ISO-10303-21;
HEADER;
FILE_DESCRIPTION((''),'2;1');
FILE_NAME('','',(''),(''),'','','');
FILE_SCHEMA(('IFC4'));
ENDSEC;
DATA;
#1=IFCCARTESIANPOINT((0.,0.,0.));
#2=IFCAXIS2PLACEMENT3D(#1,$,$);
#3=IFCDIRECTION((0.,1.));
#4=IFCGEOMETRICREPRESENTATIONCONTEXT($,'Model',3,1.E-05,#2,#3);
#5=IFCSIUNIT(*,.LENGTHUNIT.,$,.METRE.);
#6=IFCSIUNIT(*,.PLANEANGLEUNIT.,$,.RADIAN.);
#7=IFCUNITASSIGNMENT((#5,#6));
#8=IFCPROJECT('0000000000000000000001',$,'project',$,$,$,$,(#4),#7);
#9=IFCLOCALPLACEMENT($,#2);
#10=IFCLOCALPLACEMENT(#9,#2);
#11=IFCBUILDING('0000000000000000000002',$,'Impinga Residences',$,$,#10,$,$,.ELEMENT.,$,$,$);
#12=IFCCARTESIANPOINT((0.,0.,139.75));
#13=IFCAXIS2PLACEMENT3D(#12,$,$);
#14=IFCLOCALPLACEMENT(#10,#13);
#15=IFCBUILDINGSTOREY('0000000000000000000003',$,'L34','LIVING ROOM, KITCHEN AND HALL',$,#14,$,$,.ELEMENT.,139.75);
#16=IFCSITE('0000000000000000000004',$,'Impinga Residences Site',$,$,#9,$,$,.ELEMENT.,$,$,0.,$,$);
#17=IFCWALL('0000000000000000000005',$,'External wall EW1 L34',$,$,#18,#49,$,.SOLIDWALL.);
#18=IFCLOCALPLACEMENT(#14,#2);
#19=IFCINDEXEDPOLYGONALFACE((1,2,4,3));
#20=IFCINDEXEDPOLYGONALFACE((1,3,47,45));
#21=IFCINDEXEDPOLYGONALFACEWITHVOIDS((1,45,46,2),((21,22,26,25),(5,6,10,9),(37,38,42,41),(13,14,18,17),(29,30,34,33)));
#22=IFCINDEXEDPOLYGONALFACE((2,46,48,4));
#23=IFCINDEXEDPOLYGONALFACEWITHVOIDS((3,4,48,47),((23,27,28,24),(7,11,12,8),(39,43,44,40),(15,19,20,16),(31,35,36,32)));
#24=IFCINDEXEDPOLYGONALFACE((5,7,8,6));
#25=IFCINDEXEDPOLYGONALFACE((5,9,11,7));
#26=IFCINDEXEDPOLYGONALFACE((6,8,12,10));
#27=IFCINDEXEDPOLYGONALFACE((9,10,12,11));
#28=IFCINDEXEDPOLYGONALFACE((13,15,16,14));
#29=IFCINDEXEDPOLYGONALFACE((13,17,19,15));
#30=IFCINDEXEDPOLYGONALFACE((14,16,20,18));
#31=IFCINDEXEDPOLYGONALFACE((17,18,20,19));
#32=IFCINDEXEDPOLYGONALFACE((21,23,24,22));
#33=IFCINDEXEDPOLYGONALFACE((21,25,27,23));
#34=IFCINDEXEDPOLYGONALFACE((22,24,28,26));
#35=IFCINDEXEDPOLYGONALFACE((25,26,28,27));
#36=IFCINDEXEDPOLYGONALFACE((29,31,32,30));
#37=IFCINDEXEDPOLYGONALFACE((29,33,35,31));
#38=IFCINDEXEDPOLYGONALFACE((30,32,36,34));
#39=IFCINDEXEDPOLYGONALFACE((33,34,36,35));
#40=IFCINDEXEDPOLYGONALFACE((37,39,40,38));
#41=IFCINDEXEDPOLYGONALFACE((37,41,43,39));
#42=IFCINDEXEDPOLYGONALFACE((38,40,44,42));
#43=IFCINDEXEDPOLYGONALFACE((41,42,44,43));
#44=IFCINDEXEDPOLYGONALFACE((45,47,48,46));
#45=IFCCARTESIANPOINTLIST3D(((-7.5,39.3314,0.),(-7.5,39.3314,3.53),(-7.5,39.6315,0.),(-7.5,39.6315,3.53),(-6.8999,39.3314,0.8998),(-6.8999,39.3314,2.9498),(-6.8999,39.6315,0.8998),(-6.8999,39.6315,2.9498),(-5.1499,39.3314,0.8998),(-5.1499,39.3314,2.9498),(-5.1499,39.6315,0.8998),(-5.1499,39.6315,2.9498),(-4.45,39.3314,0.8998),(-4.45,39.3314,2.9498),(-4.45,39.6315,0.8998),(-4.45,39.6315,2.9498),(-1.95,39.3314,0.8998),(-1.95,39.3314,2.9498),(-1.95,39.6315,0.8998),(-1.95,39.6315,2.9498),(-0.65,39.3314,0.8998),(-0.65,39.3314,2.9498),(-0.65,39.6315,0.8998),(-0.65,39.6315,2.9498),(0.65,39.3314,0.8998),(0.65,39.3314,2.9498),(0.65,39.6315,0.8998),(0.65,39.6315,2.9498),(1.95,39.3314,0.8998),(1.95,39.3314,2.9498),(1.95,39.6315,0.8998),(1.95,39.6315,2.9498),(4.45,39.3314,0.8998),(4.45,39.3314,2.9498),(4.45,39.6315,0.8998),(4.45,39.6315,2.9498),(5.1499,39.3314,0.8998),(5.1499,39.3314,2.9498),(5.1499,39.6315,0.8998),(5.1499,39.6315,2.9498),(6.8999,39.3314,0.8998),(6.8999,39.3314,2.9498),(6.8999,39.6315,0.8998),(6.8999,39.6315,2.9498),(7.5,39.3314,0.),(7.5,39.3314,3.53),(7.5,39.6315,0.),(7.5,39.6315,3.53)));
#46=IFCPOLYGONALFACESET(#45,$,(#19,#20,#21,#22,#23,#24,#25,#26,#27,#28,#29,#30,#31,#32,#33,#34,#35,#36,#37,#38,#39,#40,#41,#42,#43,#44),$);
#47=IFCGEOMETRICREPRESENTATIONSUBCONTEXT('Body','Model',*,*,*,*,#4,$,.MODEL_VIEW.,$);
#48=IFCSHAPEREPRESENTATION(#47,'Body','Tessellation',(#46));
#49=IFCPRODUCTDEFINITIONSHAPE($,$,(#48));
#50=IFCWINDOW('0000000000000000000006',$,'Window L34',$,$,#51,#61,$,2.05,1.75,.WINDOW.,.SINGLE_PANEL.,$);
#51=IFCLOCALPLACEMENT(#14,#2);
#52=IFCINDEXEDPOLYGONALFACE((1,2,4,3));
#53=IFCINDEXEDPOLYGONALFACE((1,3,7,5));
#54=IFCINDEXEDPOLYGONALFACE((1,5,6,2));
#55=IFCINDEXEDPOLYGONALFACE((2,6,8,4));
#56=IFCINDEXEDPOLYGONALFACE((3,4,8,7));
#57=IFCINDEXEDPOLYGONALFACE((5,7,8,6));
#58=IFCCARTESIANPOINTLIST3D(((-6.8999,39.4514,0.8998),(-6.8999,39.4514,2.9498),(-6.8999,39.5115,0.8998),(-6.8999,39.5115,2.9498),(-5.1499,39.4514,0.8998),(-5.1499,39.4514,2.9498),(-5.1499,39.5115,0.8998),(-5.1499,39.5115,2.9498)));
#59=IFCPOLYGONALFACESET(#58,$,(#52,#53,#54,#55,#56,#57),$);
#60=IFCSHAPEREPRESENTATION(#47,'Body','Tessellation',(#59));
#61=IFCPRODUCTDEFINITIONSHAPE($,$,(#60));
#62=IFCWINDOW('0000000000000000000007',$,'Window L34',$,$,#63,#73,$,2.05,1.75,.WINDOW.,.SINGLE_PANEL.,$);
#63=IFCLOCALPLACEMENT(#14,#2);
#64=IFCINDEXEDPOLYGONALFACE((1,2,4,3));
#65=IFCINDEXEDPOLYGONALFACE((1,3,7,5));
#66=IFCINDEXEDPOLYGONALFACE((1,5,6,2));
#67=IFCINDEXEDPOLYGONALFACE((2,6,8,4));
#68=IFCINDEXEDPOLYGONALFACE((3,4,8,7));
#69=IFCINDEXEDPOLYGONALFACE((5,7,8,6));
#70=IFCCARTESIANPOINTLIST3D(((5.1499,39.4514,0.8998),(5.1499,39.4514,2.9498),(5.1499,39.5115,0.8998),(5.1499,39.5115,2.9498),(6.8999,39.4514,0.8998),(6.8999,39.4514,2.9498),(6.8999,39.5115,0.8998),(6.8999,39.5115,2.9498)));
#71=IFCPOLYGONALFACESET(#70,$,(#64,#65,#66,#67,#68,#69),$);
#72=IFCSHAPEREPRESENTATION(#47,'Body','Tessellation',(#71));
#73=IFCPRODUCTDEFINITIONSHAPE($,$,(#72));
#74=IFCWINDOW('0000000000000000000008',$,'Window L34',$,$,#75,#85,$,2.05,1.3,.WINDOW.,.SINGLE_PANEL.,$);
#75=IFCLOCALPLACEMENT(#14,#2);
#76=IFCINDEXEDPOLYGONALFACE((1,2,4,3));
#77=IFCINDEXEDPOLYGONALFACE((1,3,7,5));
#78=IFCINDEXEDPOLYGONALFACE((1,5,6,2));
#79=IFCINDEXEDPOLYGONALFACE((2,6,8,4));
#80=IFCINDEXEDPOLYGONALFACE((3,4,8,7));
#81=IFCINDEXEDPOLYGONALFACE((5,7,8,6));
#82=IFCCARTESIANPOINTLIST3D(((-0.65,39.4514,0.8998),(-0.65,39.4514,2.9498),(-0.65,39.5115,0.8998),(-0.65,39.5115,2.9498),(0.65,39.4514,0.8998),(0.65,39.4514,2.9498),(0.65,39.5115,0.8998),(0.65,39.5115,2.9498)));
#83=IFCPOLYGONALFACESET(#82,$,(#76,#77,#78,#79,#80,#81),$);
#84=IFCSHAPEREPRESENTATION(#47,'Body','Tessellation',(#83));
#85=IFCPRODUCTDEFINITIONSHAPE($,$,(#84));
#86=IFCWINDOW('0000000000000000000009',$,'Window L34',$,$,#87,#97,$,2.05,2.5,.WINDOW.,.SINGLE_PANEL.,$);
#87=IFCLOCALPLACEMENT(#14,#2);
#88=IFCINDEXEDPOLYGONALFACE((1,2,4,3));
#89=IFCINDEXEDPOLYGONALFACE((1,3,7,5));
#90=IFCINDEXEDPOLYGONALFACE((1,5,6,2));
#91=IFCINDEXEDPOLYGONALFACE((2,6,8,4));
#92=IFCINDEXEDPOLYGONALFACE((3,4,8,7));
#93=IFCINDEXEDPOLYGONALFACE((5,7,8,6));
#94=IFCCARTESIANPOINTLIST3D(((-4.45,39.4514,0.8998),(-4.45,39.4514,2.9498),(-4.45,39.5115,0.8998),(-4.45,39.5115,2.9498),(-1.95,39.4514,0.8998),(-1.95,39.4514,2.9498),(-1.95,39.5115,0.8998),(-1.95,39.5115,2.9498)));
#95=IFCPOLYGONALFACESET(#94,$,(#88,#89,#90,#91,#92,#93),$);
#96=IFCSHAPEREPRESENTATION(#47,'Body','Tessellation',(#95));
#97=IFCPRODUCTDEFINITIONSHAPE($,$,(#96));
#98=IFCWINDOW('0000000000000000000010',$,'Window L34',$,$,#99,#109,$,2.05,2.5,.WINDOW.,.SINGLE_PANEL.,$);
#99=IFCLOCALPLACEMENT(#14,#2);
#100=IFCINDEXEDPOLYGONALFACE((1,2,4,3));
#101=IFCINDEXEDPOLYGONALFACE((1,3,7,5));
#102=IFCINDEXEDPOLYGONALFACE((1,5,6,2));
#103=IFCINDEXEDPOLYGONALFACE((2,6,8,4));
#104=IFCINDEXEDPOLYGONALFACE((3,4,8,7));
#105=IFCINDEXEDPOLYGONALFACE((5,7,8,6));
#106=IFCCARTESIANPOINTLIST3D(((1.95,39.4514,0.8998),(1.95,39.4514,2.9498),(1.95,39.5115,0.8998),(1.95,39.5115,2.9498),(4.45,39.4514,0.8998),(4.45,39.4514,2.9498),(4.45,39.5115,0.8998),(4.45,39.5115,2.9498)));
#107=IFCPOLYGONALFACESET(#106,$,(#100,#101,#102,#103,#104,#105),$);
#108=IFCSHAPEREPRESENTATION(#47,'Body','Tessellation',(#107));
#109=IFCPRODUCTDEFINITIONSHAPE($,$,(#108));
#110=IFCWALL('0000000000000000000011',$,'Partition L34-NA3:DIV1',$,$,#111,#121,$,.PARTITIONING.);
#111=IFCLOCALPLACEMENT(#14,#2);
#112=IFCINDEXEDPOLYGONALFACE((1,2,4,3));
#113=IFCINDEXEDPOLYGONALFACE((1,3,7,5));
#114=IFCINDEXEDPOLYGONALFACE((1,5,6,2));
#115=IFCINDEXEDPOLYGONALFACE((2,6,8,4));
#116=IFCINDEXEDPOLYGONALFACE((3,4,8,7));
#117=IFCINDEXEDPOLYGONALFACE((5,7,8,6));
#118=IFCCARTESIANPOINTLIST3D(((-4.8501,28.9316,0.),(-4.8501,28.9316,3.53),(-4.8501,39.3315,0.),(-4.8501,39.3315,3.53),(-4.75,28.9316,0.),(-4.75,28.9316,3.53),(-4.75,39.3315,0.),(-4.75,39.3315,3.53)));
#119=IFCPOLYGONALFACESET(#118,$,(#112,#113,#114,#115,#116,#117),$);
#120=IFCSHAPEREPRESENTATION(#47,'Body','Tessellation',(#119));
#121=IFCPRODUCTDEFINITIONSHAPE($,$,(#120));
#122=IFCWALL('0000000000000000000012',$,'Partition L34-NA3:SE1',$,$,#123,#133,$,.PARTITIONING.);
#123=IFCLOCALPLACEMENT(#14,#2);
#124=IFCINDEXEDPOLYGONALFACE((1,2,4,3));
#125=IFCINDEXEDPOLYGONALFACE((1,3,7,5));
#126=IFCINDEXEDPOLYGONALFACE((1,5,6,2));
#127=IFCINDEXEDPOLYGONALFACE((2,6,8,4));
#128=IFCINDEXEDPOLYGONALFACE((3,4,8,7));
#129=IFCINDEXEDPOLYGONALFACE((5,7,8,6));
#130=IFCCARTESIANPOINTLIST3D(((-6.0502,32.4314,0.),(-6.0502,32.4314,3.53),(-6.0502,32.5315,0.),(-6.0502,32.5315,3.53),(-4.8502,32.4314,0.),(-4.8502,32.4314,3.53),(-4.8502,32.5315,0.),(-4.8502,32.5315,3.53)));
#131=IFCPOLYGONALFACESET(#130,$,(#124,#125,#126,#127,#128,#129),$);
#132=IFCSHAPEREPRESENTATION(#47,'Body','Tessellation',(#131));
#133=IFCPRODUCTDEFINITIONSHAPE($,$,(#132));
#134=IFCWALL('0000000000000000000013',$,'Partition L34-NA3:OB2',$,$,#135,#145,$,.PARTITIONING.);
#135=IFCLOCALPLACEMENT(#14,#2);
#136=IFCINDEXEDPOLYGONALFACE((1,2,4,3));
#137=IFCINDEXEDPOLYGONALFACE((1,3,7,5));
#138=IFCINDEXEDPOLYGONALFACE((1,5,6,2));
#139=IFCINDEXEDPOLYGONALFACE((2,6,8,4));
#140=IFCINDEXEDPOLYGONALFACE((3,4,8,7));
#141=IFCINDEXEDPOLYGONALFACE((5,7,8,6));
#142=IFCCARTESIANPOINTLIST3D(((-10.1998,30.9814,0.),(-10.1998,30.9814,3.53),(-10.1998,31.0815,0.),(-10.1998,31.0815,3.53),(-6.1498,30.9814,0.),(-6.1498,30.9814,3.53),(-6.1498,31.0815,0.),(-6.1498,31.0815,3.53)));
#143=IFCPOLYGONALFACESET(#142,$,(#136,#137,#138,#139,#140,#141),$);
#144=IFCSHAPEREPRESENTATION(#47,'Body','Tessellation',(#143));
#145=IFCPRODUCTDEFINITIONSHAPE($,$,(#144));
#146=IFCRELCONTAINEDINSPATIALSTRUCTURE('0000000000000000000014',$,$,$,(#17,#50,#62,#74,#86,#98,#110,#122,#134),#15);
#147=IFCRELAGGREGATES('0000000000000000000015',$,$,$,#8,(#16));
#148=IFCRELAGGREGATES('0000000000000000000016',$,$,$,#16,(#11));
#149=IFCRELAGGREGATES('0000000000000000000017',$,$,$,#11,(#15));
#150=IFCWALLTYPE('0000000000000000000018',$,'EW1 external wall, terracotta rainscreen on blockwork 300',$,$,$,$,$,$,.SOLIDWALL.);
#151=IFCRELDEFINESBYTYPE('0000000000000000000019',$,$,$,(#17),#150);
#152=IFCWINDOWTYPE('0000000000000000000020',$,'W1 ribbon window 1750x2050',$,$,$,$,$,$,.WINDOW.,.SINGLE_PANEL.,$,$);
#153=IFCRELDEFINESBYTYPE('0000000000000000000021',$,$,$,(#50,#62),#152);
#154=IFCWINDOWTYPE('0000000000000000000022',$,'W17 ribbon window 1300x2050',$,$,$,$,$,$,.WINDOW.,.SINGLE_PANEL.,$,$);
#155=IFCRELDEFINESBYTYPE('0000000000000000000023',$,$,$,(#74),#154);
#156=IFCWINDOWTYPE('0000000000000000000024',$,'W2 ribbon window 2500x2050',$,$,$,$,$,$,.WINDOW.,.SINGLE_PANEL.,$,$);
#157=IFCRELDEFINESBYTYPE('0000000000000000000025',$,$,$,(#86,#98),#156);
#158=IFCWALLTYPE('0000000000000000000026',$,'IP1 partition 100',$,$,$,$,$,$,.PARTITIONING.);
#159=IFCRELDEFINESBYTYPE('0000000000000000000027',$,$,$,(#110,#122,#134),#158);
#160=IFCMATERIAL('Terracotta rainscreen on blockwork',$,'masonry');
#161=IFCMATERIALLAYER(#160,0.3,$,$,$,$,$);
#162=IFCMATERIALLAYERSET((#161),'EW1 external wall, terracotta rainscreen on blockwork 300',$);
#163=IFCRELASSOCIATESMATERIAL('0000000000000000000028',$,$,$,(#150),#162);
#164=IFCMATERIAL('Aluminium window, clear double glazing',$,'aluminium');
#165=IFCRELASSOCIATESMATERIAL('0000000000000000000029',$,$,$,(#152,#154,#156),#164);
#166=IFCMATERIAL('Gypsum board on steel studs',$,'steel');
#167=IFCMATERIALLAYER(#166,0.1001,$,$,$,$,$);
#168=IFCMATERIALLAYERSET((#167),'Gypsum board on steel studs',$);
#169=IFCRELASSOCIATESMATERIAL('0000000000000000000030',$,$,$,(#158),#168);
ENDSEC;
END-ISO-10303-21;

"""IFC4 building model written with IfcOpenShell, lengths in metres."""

from ifc_helpers import new_model, si_unit, direction, frame, frame_2d, origin, place, context, subcontext, project, spatial, rectangle, extrude, material, layer, layer_set, type_object, element, fill, save


model = new_model("IFC4")

# Units and contexts
model_context = context("Model", 3, precision=1e-05, world=origin(), true_north=direction((0.0, 1.0)))
body_context = subcontext(model_context, "Body", "Model", "MODEL_VIEW")
ifc_project = project(units=[si_unit("LENGTHUNIT", "METRE"), si_unit("PLANEANGLEUNIT", "RADIAN")], contexts=[model_context])

# Site, building, storey
site_placement = place(None, origin())
site = spatial("IfcSite", under=ifc_project, at=site_placement, Name="Impinga Residences Site", CompositionType="ELEMENT", RefElevation=0.0)
building_placement = place(site_placement, origin())
building = spatial("IfcBuilding", under=site, at=building_placement, Name="Impinga Residences", CompositionType="ELEMENT")
storey_placement = place(building_placement, frame((0.0, 0.0, 139.75)))
storey = spatial("IfcBuildingStorey", under=building, at=storey_placement, Name="L34", Description="LIVING ROOM, KITCHEN AND HALL", CompositionType="ELEMENT", Elevation=139.75)

# Shared definitions
ifc_material_1 = material(Name="Terracotta rainscreen on blockwork", Category="masonry")
ifc_layer_1 = layer(ifc_material_1, 0.3)
ifc_layer_set_1 = layer_set([ifc_layer_1], Name="EW1 external wall, terracotta rainscreen on blockwork 300")
wall_type_1 = type_object("IfcWallType", Name="EW1 external wall, terracotta rainscreen on blockwork 300", PredefinedType="SOLIDWALL", material=ifc_layer_set_1)

# Wall, openings, windows
wall_1_placement = place(storey_placement, frame((-7.5, 39.4814, 0.0), z_axis=(0.0, 0.0, 1.0), x_axis=(1.0, 0.0, 0.0)))
wall_1 = element("IfcWall", 1, at=wall_1_placement, inside=storey, type_object=wall_type_1, Name="External wall EW1 L34", PredefinedType="SOLIDWALL", context=body_context, shape_type="SweptSolid", body=[
    extrude(rectangle(XDim=15.0, YDim=0.3, at=frame_2d((7.5, 0.0))), origin(), (0.0, 0.0, 1.0), 3.53),
])
opening_1_placement = place(wall_1_placement, frame((0.6001, 0.0, 0.8999)))
opening_1 = element("IfcOpeningElement", 2, at=opening_1_placement, cuts=wall_1, PredefinedType="OPENING", context=body_context, shape_type="SweptSolid", body=[
    extrude(rectangle(XDim=1.75, YDim=2.05, at=frame_2d((0.875, 1.0249))), frame((0.0, 0.1599, 0.0), z_axis=(0.0, -1.0, 0.0), x_axis=(1.0, 0.0, 0.0)), (0.0, 0.0, 1.0), 0.3201),
])
opening_2_placement = place(wall_1_placement, frame((3.05, 0.0, 0.8999)))
opening_2 = element("IfcOpeningElement", 3, at=opening_2_placement, cuts=wall_1, PredefinedType="OPENING", context=body_context, shape_type="SweptSolid", body=[
    extrude(rectangle(XDim=2.5, YDim=2.05, at=frame_2d((1.25, 1.0249))), frame((0.0, 0.1599, 0.0), z_axis=(0.0, -1.0, 0.0), x_axis=(1.0, 0.0, 0.0)), (0.0, 0.0, 1.0), 0.3201),
])
opening_3_placement = place(wall_1_placement, frame((6.8501, 0.0, 0.8999)))
opening_3 = element("IfcOpeningElement", 4, at=opening_3_placement, cuts=wall_1, PredefinedType="OPENING", context=body_context, shape_type="SweptSolid", body=[
    extrude(rectangle(XDim=1.3, YDim=2.05, at=frame_2d((0.6499, 1.0249))), frame((0.0, 0.1599, 0.0), z_axis=(0.0, -1.0, 0.0), x_axis=(1.0, 0.0, 0.0)), (0.0, 0.0, 1.0), 0.3201),
])
opening_4_placement = place(wall_1_placement, frame((9.45, 0.0, 0.8999)))
opening_4 = element("IfcOpeningElement", 5, at=opening_4_placement, cuts=wall_1, PredefinedType="OPENING", context=body_context, shape_type="SweptSolid", body=[
    extrude(rectangle(XDim=2.5, YDim=2.05, at=frame_2d((1.25, 1.0249))), frame((0.0, 0.1599, 0.0), z_axis=(0.0, -1.0, 0.0), x_axis=(1.0, 0.0, 0.0)), (0.0, 0.0, 1.0), 0.3201),
])
opening_5_placement = place(wall_1_placement, frame((12.6499, 0.0, 0.8999)))
opening_5 = element("IfcOpeningElement", 6, at=opening_5_placement, cuts=wall_1, PredefinedType="OPENING", context=body_context, shape_type="SweptSolid", body=[
    extrude(rectangle(XDim=1.75, YDim=2.05, at=frame_2d((0.875, 1.0249))), frame((0.0, 0.1599, 0.0), z_axis=(0.0, -1.0, 0.0), x_axis=(1.0, 0.0, 0.0)), (0.0, 0.0, 1.0), 0.3201),
])
ifc_material_2 = material(Name="Aluminium window, clear double glazing", Category="aluminium")
window_type_1 = type_object("IfcWindowType", Name="W1 ribbon window 1750x2050", PartitioningType="SINGLE_PANEL", PredefinedType="WINDOW", material=ifc_material_2)
window_1_placement = place(opening_1_placement, origin())
window_1 = element("IfcWindow", 7, at=window_1_placement, inside=storey, type_object=window_type_1, Name="Window L34", OverallHeight=2.05, OverallWidth=1.75, PartitioningType="SINGLE_PANEL", PredefinedType="WINDOW", context=body_context, shape_type="SweptSolid", body=[
    extrude(rectangle(XDim=1.75, YDim=2.05, at=frame_2d((0.875, 1.0249))), frame((0.0, 0.03, 0.0), z_axis=(0.0, -1.0, 0.0), x_axis=(1.0, 0.0, 0.0)), (0.0, 0.0, 1.0), 0.0601),
])
fill(opening_1, window_1)
window_2_placement = place(opening_5_placement, origin())
window_2 = element("IfcWindow", 8, at=window_2_placement, inside=storey, type_object=window_type_1, Name="Window L34", OverallHeight=2.05, OverallWidth=1.75, PartitioningType="SINGLE_PANEL", PredefinedType="WINDOW", context=body_context, shape_type="SweptSolid", body=[
    extrude(rectangle(XDim=1.75, YDim=2.05, at=frame_2d((0.875, 1.0249))), frame((0.0, 0.03, 0.0), z_axis=(0.0, -1.0, 0.0), x_axis=(1.0, 0.0, 0.0)), (0.0, 0.0, 1.0), 0.0601),
])
fill(opening_5, window_2)
window_type_2 = type_object("IfcWindowType", Name="W17 ribbon window 1300x2050", PartitioningType="SINGLE_PANEL", PredefinedType="WINDOW", material=ifc_material_2)
window_3_placement = place(opening_3_placement, origin())
window_3 = element("IfcWindow", 9, at=window_3_placement, inside=storey, type_object=window_type_2, Name="Window L34", OverallHeight=2.05, OverallWidth=1.3, PartitioningType="SINGLE_PANEL", PredefinedType="WINDOW", context=body_context, shape_type="SweptSolid", body=[
    extrude(rectangle(XDim=1.3, YDim=2.05, at=frame_2d((0.6499, 1.0249))), frame((0.0, 0.03, 0.0), z_axis=(0.0, -1.0, 0.0), x_axis=(1.0, 0.0, 0.0)), (0.0, 0.0, 1.0), 0.0601),
])
fill(opening_3, window_3)
window_type_3 = type_object("IfcWindowType", Name="W2 ribbon window 2500x2050", PartitioningType="SINGLE_PANEL", PredefinedType="WINDOW", material=ifc_material_2)
window_4_placement = place(opening_2_placement, origin())
window_4 = element("IfcWindow", 10, at=window_4_placement, inside=storey, type_object=window_type_3, Name="Window L34", OverallHeight=2.05, OverallWidth=2.5, PartitioningType="SINGLE_PANEL", PredefinedType="WINDOW", context=body_context, shape_type="SweptSolid", body=[
    extrude(rectangle(XDim=2.5, YDim=2.05, at=frame_2d((1.25, 1.0249))), frame((0.0, 0.03, 0.0), z_axis=(0.0, -1.0, 0.0), x_axis=(1.0, 0.0, 0.0)), (0.0, 0.0, 1.0), 0.0601),
])
fill(opening_2, window_4)
window_5_placement = place(opening_4_placement, origin())
window_5 = element("IfcWindow", 11, at=window_5_placement, inside=storey, type_object=window_type_3, Name="Window L34", OverallHeight=2.05, OverallWidth=2.5, PartitioningType="SINGLE_PANEL", PredefinedType="WINDOW", context=body_context, shape_type="SweptSolid", body=[
    extrude(rectangle(XDim=2.5, YDim=2.05, at=frame_2d((1.25, 1.0249))), frame((0.0, 0.03, 0.0), z_axis=(0.0, -1.0, 0.0), x_axis=(1.0, 0.0, 0.0)), (0.0, 0.0, 1.0), 0.0601),
])
fill(opening_4, window_5)

# Walls
ifc_material_3 = material(Name="Gypsum board on steel studs", Category="steel")
ifc_layer_2 = layer(ifc_material_3, 0.1001)
ifc_layer_set_2 = layer_set([ifc_layer_2], Name="Gypsum board on steel studs")
wall_type_2 = type_object("IfcWallType", Name="IP1 partition 100", PredefinedType="PARTITIONING", material=ifc_layer_set_2)
wall_2_placement = place(storey_placement, frame((-4.8, 28.9316, 0.0), z_axis=(0.0, 0.0, 1.0), x_axis=(0.0, 1.0, 0.0)))
element("IfcWall", 12, at=wall_2_placement, inside=storey, type_object=wall_type_2, Name="Partition L34-NA3:DIV1", PredefinedType="PARTITIONING", context=body_context, shape_type="SweptSolid", body=[
    extrude(rectangle(XDim=10.3999, YDim=0.1001, at=frame_2d((5.2, 0.0))), origin(), (0.0, 0.0, 1.0), 3.53),
])
wall_3_placement = place(storey_placement, frame((-4.8501, 32.4814, 0.0), z_axis=(0.0, 0.0, 1.0), x_axis=(-1.0, 0.0, 0.0)))
element("IfcWall", 13, at=wall_3_placement, inside=storey, type_object=wall_type_2, Name="Partition L34-NA3:SE1", PredefinedType="PARTITIONING", context=body_context, shape_type="SweptSolid", body=[
    extrude(rectangle(XDim=1.2, YDim=0.1001, at=frame_2d((0.6001, 0.0))), origin(), (0.0, 0.0, 1.0), 3.53),
])
wall_4_placement = place(storey_placement, frame((-6.1499, 31.0315, 0.0), z_axis=(0.0, 0.0, 1.0), x_axis=(-1.0, 0.0, 0.0)))
element("IfcWall", 14, at=wall_4_placement, inside=storey, type_object=wall_type_2, Name="Partition L34-NA3:OB2", PredefinedType="PARTITIONING", context=body_context, shape_type="SweptSolid", body=[
    extrude(rectangle(XDim=4.05, YDim=0.1001, at=frame_2d((2.0249, 0.0))), origin(), (0.0, 0.0, 1.0), 3.53),
])

save(model, "model.ifc")
